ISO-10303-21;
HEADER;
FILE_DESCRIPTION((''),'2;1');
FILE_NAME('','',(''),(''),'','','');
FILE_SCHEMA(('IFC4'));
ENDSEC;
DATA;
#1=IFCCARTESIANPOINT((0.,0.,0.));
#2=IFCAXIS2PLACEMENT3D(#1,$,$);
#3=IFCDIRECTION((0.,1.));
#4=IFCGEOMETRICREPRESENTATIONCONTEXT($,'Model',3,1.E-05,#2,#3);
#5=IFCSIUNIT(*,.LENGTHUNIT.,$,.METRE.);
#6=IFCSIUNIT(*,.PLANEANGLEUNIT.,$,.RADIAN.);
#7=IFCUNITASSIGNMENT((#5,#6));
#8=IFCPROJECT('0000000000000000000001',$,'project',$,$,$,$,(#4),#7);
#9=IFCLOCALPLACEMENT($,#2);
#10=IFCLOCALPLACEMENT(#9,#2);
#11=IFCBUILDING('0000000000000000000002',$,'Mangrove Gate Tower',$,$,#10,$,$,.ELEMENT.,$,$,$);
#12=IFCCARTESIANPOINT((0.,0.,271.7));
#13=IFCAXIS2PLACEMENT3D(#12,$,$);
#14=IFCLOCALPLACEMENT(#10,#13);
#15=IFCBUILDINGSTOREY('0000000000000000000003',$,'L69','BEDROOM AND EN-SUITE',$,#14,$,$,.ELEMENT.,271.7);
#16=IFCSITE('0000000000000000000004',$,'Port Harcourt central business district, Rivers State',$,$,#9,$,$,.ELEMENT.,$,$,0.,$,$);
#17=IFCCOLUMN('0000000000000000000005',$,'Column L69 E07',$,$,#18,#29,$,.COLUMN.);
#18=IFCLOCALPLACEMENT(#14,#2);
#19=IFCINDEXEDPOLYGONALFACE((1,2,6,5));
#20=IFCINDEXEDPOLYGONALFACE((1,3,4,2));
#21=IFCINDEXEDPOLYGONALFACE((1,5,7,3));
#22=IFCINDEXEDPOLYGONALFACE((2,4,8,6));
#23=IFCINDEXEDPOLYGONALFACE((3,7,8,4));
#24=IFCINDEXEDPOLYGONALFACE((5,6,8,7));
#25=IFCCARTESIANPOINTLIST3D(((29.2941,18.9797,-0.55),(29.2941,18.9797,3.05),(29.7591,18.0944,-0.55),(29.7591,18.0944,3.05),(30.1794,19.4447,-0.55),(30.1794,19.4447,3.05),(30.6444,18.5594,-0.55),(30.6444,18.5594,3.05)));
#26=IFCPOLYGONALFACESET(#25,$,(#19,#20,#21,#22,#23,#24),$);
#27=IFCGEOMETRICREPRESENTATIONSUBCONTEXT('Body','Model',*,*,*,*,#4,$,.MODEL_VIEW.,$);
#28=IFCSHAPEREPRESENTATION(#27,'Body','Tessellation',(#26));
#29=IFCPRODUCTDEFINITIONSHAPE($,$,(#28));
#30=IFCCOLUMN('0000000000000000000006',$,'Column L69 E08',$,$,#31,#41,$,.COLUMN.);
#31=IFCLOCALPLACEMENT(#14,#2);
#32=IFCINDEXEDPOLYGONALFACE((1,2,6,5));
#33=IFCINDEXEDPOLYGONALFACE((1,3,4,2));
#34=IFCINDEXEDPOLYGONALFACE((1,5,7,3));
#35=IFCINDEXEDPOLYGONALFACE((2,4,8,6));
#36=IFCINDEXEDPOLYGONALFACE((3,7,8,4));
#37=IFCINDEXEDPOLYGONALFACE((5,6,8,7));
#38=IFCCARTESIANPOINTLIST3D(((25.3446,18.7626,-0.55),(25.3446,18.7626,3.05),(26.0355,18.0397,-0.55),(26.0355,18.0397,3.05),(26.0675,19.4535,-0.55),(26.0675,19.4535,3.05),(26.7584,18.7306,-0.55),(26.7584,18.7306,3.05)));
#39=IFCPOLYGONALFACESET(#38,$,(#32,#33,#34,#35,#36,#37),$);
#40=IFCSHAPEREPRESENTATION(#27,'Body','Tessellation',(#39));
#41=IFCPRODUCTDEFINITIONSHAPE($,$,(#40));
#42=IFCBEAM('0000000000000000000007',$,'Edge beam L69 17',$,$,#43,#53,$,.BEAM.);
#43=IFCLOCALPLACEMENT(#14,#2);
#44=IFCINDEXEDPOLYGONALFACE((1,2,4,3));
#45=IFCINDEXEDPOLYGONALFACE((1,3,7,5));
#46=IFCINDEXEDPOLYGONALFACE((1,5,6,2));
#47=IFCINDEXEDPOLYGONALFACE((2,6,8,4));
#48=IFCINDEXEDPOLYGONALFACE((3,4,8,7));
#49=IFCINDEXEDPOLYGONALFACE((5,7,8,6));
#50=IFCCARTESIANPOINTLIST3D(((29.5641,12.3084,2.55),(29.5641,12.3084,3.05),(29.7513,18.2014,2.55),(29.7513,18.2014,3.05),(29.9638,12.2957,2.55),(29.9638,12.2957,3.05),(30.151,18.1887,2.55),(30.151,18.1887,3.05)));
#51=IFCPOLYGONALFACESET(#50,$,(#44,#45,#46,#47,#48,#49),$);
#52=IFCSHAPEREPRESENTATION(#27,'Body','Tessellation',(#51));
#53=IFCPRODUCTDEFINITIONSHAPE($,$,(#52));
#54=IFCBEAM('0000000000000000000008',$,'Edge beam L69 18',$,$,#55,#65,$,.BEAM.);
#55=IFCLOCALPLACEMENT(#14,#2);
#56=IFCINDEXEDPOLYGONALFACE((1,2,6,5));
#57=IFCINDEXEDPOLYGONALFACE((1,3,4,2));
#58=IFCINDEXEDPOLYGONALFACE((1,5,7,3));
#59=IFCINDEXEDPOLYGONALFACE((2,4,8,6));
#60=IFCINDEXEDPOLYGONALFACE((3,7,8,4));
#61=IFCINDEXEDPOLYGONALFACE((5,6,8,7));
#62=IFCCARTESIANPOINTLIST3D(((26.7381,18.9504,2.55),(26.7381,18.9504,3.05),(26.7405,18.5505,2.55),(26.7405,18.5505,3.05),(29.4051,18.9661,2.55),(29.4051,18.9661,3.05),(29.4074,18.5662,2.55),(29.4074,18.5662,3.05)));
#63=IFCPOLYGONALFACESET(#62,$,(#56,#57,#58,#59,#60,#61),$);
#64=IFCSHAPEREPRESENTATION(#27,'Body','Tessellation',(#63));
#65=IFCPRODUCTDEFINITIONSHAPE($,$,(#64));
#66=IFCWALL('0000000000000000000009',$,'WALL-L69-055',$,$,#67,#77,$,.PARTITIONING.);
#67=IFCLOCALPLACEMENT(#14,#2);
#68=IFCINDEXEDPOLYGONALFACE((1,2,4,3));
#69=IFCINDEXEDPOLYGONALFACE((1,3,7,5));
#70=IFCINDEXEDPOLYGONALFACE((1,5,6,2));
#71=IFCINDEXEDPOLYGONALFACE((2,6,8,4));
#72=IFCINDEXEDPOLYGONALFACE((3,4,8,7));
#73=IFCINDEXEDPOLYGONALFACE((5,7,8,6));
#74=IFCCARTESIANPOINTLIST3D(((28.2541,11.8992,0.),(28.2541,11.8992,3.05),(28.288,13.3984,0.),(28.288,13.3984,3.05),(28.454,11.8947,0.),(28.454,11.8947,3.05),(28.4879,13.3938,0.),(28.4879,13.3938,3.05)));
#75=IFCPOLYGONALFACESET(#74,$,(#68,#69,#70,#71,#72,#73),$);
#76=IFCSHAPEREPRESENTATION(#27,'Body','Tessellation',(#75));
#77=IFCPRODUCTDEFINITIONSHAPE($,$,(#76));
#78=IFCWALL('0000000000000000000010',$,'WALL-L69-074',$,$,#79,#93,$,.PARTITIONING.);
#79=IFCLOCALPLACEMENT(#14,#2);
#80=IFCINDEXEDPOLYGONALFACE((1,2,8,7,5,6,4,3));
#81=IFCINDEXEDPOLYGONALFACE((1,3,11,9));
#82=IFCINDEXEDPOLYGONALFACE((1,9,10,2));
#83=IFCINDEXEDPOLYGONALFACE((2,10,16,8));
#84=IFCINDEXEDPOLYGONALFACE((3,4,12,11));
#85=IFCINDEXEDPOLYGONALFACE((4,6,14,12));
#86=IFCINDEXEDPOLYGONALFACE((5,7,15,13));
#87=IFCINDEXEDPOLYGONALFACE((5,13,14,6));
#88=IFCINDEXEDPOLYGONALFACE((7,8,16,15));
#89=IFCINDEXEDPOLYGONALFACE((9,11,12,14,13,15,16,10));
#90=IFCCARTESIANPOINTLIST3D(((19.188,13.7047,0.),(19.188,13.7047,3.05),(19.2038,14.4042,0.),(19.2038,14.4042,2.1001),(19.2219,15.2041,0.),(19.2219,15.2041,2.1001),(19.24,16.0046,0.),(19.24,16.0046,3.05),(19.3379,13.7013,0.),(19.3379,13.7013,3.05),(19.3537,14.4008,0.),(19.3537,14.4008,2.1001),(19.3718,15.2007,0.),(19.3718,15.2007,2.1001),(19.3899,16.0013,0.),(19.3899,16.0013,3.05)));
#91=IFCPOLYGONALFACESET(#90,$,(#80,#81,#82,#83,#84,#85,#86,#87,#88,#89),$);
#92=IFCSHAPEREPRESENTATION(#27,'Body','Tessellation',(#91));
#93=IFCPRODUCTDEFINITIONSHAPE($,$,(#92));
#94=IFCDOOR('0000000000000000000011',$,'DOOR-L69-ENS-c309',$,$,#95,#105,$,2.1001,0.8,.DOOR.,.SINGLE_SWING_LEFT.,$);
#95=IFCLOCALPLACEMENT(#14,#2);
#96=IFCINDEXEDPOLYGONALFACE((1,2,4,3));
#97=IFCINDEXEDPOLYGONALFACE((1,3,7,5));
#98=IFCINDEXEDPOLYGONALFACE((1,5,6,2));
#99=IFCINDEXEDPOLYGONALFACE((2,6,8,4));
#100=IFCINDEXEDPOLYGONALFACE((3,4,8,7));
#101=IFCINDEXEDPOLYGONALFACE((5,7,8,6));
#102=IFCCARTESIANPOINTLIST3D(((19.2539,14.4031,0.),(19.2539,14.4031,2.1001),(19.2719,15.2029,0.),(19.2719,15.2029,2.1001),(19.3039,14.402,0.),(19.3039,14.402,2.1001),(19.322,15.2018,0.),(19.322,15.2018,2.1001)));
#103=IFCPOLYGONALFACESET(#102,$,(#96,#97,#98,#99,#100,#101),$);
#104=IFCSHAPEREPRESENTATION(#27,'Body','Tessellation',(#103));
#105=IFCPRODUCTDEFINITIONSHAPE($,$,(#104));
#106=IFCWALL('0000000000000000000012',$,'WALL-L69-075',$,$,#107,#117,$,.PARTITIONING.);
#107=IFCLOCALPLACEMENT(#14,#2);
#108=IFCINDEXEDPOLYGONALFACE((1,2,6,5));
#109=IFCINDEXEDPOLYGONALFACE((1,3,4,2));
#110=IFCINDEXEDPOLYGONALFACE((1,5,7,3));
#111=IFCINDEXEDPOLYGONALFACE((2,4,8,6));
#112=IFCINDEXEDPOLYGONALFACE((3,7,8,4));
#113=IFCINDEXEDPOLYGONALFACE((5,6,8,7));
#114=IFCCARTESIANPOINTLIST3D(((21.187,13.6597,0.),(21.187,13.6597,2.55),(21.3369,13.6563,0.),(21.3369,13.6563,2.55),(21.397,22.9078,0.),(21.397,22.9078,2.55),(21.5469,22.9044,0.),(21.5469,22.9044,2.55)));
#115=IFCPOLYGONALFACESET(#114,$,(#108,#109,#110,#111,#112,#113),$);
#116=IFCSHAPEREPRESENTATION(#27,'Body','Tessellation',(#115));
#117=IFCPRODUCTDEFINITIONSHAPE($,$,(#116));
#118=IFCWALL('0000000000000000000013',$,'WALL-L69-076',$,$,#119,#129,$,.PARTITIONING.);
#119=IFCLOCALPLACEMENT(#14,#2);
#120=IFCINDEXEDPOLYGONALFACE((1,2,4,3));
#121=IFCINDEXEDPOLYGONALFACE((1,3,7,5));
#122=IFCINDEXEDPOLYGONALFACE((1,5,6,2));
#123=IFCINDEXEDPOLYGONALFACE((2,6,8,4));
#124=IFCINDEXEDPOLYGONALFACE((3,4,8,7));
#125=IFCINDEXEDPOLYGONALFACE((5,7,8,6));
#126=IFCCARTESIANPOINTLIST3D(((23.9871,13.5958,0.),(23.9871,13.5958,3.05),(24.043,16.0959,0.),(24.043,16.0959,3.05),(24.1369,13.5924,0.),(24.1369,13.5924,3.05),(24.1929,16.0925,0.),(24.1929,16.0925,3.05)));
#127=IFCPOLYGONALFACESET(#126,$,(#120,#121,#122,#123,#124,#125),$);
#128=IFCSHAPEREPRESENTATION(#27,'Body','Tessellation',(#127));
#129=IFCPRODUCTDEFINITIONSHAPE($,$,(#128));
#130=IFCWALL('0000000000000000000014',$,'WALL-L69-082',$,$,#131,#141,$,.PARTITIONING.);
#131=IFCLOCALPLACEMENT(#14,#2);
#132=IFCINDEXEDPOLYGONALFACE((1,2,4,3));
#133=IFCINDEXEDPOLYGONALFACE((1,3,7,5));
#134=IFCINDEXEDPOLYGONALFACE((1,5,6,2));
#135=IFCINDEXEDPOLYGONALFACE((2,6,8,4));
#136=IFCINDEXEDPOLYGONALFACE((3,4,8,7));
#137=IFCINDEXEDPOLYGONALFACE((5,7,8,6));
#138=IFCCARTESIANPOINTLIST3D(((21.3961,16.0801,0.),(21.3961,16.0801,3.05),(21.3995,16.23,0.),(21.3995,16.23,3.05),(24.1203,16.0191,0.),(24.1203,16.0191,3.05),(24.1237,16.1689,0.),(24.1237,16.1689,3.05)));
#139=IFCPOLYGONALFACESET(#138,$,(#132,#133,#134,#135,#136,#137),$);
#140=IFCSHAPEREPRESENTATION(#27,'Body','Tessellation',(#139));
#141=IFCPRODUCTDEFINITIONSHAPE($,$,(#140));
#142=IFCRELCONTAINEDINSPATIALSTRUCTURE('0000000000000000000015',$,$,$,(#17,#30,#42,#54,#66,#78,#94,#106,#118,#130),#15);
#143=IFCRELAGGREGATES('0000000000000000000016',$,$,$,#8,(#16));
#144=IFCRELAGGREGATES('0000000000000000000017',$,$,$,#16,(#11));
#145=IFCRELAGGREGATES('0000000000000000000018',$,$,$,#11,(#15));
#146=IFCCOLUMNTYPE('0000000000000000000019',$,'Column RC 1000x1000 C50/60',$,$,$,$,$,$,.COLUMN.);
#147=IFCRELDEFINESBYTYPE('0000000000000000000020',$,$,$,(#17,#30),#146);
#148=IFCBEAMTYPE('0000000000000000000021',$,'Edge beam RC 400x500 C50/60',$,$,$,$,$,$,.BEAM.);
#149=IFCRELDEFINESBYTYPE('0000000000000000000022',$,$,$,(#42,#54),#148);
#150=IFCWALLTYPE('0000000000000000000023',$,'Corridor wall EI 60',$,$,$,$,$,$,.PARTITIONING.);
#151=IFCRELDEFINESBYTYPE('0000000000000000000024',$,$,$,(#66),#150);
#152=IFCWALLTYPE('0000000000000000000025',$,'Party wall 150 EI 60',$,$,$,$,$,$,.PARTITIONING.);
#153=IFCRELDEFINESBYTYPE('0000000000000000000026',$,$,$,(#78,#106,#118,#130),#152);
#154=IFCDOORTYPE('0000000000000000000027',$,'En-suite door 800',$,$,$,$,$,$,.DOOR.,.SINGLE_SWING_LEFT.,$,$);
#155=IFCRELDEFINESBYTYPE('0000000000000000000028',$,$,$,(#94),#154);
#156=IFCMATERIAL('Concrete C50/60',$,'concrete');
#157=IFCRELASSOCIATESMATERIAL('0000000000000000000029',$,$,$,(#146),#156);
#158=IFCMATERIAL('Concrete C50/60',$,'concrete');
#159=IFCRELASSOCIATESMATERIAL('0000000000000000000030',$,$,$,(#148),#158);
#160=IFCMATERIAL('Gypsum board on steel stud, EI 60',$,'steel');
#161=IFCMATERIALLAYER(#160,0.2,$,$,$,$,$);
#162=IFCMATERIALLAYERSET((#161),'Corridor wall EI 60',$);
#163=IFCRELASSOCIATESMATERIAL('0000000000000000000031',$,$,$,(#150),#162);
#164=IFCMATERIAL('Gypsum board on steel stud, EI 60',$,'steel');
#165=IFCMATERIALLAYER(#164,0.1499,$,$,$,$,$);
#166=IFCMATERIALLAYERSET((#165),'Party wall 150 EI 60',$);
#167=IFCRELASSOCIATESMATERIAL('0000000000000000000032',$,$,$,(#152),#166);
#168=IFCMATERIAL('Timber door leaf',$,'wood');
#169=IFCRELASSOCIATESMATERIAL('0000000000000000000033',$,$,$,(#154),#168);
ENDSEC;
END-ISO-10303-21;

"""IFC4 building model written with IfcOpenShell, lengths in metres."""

from ifc_helpers import new_model, si_unit, direction, frame, frame_2d, origin, origin_2d, place, context, subcontext, project, spatial, rectangle, extrude, material, layer, layer_set, material_profile, profile_set, type_object, element, fill, save


model = new_model("IFC4")

# Units and contexts
model_context = context("Model", 3, precision=1e-05, world=origin(), true_north=direction((0.0, 1.0)))
body_context = subcontext(model_context, "Body", "Model", "MODEL_VIEW")
ifc_project = project(units=[si_unit("LENGTHUNIT", "METRE"), si_unit("PLANEANGLEUNIT", "RADIAN")], contexts=[model_context])

# Site, building, storey
site_placement = place(None, origin())
site = spatial("IfcSite", under=ifc_project, at=site_placement, Name="Port Harcourt central business district, Rivers State", CompositionType="ELEMENT", RefElevation=0.0)
building_placement = place(site_placement, origin())
building = spatial("IfcBuilding", under=site, at=building_placement, Name="Mangrove Gate Tower", CompositionType="ELEMENT")
storey_placement = place(building_placement, frame((0.0, 0.0, 271.7)))
storey = spatial("IfcBuildingStorey", under=building, at=storey_placement, Name="L69", Description="BEDROOM AND EN-SUITE", CompositionType="ELEMENT", Elevation=271.7)

# Columns
ifc_material_1 = material(Name="Concrete C50/60", Category="concrete")
ifc_material_profile_1 = material_profile(ifc_material_1, rectangle(XDim=1.0, YDim=1.0, at=origin_2d()))
ifc_profile_set_1 = profile_set([ifc_material_profile_1], Name="Concrete C50/60")
column_type = type_object("IfcColumnType", Name="Column RC 1000x1000 C50/60", PredefinedType="COLUMN", material=ifc_profile_set_1)
for number, where, z_axis, x_axis, name in (
    (1, (29.9692, 18.7695, -0.55), (0.0, 0.0, 1.0), (-0.465022, 0.885299, 0.0), "Column L69 E07"),
    (2, (26.0515, 18.7466, -0.55), (0.0, 0.0, 1.0), (-0.690926, 0.722926, 0.0), "Column L69 E08"),
):
    element("IfcColumn", number, at=place(storey_placement, frame(where, z_axis=z_axis, x_axis=x_axis)), inside=storey, type_object=column_type, Name=name, PredefinedType="COLUMN", context=body_context, shape_type="SweptSolid", body=[
        extrude(rectangle(XDim=1.0, YDim=1.0, at=origin_2d()), origin(), (0.0, 0.0, 1.0), 3.6001),
    ])

# Beams
ifc_material_2 = material(Name="Concrete C50/60", Category="concrete")
ifc_material_profile_2 = material_profile(ifc_material_2, rectangle(XDim=0.3999, YDim=0.5, at=origin_2d()))
ifc_profile_set_2 = profile_set([ifc_material_profile_2], Name="Concrete C50/60")
beam_type = type_object("IfcBeamType", Name="Edge beam RC 400x500 C50/60", PredefinedType="BEAM", material=ifc_profile_set_2)
beam_1_placement = place(storey_placement, frame((29.7639, 12.302, 2.8), z_axis=(0.03176, 0.999496, 0.0), x_axis=(-0.999496, 0.03176, 0.0)))
element("IfcBeam", 3, at=beam_1_placement, inside=storey, type_object=beam_type, Name="Edge beam L69 17", PredefinedType="BEAM", context=body_context, shape_type="SweptSolid", body=[
    extrude(rectangle(XDim=0.3999, YDim=0.5, at=origin_2d()), origin(), (0.0, 0.0, 1.0), 5.896),
])
beam_2_placement = place(storey_placement, frame((29.4062, 18.7661, 2.8), z_axis=(-0.999983, -0.005859, 0.0), x_axis=(0.005859, -0.999983, 0.0)))
element("IfcBeam", 4, at=beam_2_placement, inside=storey, type_object=beam_type, Name="Edge beam L69 18", PredefinedType="BEAM", context=body_context, shape_type="SweptSolid", body=[
    extrude(rectangle(XDim=0.3999, YDim=0.5, at=origin_2d()), origin(), (0.0, 0.0, 1.0), 2.667),
])

# Wall
ifc_material_3 = material(Name="Gypsum board on steel stud, EI 60", Category="steel")
ifc_layer_1 = layer(ifc_material_3, 0.2)
ifc_layer_set_1 = layer_set([ifc_layer_1], Name="Corridor wall EI 60")
wall_type_1 = type_object("IfcWallType", Name="Corridor wall EI 60", PredefinedType="PARTITIONING", material=ifc_layer_set_1)
wall_1_placement = place(storey_placement, frame((28.354, 11.897, 0.0), z_axis=(0.0, 0.0, 1.0), x_axis=(0.022633, 0.999744, 0.0)))
element("IfcWall", 5, at=wall_1_placement, inside=storey, type_object=wall_type_1, Name="WALL-L69-055", PredefinedType="PARTITIONING", context=body_context, shape_type="SweptSolid", body=[
    extrude(rectangle(XDim=1.4995, YDim=0.2, at=frame_2d((0.7498, 0.0))), origin(), (0.0, 0.0, 1.0), 3.05),
])

# Wall, opening, door
ifc_material_4 = material(Name="Gypsum board on steel stud, EI 60", Category="steel")
ifc_layer_2 = layer(ifc_material_4, 0.1499)
ifc_layer_set_2 = layer_set([ifc_layer_2], Name="Party wall 150 EI 60")
wall_type_2 = type_object("IfcWallType", Name="Party wall 150 EI 60", PredefinedType="PARTITIONING", material=ifc_layer_set_2)
wall_2_placement = place(storey_placement, frame((19.2629, 13.7029, 0.0), z_axis=(0.0, 0.0, 1.0), x_axis=(0.022603, 0.999745, 0.0)))
wall_2 = element("IfcWall", 6, at=wall_2_placement, inside=storey, type_object=wall_type_2, Name="WALL-L69-074", PredefinedType="PARTITIONING", context=body_context, shape_type="SweptSolid", body=[
    extrude(rectangle(XDim=2.3005, YDim=0.1499, at=frame_2d((1.1504, 0.0))), origin(), (0.0, 0.0, 1.0), 3.05),
])
opening_placement = place(wall_2_placement, frame((0.7, 0.0, 0.0)))
opening = element("IfcOpeningElement", 7, at=opening_placement, cuts=wall_2, PredefinedType="OPENING", context=body_context, shape_type="SweptSolid", body=[
    extrude(rectangle(XDim=0.8, YDim=2.1001, at=frame_2d((0.3999, 1.05))), frame((0.0, 0.085, 0.0), z_axis=(0.0, -1.0, 0.0), x_axis=(1.0, 0.0, 0.0)), (0.0, 0.0, 1.0), 0.1699),
])
ifc_material_5 = material(Name="Timber door leaf", Category="wood")
door_type = type_object("IfcDoorType", Name="En-suite door 800", OperationType="SINGLE_SWING_LEFT", PredefinedType="DOOR", material=ifc_material_5)
door_placement = place(opening_placement, origin())
door = element("IfcDoor", 8, at=door_placement, inside=storey, type_object=door_type, Name="DOOR-L69-ENS-c309", OperationType="SINGLE_SWING_LEFT", OverallHeight=2.1001, OverallWidth=0.8, PredefinedType="DOOR", context=body_context, shape_type="SweptSolid", body=[
    extrude(rectangle(XDim=0.8, YDim=2.1001, at=frame_2d((0.3999, 1.05))), frame((0.0, 0.0249, 0.0), z_axis=(0.0, -1.0, 0.0), x_axis=(1.0, 0.0, 0.0)), (0.0, 0.0, 1.0), 0.05),
])
fill(opening, door)

# Walls
wall_3_placement = place(storey_placement, frame((21.262, 13.658, 0.0), z_axis=(0.0, 0.0, 1.0), x_axis=(0.022697, 0.999742, 0.0)))
element("IfcWall", 9, at=wall_3_placement, inside=storey, type_object=wall_type_2, Name="WALL-L69-075", PredefinedType="PARTITIONING", context=body_context, shape_type="SweptSolid", body=[
    extrude(rectangle(XDim=9.2505, YDim=0.1499, at=frame_2d((4.6252, 0.0))), origin(), (0.0, 0.0, 1.0), 2.55),
])
wall_4_placement = place(storey_placement, frame((24.062, 13.594, 0.0), z_axis=(0.0, 0.0, 1.0), x_axis=(0.022358, 0.99975, 0.0)))
element("IfcWall", 10, at=wall_4_placement, inside=storey, type_object=wall_type_2, Name="WALL-L69-076", PredefinedType="PARTITIONING", context=body_context, shape_type="SweptSolid", body=[
    extrude(rectangle(XDim=2.5007, YDim=0.1499, at=frame_2d((1.2505, 0.0))), origin(), (0.0, 0.0, 1.0), 3.05),
])
wall_5_placement = place(storey_placement, frame((21.3979, 16.155, 0.0), z_axis=(0.0, 0.0, 1.0), x_axis=(0.999749, -0.0224, 0.0)))
element("IfcWall", 11, at=wall_5_placement, inside=storey, type_object=wall_type_2, Name="WALL-L69-082", PredefinedType="PARTITIONING", context=body_context, shape_type="SweptSolid", body=[
    extrude(rectangle(XDim=2.7249, YDim=0.1499, at=frame_2d((1.3623, 0.0))), origin(), (0.0, 0.0, 1.0), 3.05),
])

save(model, "model.ifc")
